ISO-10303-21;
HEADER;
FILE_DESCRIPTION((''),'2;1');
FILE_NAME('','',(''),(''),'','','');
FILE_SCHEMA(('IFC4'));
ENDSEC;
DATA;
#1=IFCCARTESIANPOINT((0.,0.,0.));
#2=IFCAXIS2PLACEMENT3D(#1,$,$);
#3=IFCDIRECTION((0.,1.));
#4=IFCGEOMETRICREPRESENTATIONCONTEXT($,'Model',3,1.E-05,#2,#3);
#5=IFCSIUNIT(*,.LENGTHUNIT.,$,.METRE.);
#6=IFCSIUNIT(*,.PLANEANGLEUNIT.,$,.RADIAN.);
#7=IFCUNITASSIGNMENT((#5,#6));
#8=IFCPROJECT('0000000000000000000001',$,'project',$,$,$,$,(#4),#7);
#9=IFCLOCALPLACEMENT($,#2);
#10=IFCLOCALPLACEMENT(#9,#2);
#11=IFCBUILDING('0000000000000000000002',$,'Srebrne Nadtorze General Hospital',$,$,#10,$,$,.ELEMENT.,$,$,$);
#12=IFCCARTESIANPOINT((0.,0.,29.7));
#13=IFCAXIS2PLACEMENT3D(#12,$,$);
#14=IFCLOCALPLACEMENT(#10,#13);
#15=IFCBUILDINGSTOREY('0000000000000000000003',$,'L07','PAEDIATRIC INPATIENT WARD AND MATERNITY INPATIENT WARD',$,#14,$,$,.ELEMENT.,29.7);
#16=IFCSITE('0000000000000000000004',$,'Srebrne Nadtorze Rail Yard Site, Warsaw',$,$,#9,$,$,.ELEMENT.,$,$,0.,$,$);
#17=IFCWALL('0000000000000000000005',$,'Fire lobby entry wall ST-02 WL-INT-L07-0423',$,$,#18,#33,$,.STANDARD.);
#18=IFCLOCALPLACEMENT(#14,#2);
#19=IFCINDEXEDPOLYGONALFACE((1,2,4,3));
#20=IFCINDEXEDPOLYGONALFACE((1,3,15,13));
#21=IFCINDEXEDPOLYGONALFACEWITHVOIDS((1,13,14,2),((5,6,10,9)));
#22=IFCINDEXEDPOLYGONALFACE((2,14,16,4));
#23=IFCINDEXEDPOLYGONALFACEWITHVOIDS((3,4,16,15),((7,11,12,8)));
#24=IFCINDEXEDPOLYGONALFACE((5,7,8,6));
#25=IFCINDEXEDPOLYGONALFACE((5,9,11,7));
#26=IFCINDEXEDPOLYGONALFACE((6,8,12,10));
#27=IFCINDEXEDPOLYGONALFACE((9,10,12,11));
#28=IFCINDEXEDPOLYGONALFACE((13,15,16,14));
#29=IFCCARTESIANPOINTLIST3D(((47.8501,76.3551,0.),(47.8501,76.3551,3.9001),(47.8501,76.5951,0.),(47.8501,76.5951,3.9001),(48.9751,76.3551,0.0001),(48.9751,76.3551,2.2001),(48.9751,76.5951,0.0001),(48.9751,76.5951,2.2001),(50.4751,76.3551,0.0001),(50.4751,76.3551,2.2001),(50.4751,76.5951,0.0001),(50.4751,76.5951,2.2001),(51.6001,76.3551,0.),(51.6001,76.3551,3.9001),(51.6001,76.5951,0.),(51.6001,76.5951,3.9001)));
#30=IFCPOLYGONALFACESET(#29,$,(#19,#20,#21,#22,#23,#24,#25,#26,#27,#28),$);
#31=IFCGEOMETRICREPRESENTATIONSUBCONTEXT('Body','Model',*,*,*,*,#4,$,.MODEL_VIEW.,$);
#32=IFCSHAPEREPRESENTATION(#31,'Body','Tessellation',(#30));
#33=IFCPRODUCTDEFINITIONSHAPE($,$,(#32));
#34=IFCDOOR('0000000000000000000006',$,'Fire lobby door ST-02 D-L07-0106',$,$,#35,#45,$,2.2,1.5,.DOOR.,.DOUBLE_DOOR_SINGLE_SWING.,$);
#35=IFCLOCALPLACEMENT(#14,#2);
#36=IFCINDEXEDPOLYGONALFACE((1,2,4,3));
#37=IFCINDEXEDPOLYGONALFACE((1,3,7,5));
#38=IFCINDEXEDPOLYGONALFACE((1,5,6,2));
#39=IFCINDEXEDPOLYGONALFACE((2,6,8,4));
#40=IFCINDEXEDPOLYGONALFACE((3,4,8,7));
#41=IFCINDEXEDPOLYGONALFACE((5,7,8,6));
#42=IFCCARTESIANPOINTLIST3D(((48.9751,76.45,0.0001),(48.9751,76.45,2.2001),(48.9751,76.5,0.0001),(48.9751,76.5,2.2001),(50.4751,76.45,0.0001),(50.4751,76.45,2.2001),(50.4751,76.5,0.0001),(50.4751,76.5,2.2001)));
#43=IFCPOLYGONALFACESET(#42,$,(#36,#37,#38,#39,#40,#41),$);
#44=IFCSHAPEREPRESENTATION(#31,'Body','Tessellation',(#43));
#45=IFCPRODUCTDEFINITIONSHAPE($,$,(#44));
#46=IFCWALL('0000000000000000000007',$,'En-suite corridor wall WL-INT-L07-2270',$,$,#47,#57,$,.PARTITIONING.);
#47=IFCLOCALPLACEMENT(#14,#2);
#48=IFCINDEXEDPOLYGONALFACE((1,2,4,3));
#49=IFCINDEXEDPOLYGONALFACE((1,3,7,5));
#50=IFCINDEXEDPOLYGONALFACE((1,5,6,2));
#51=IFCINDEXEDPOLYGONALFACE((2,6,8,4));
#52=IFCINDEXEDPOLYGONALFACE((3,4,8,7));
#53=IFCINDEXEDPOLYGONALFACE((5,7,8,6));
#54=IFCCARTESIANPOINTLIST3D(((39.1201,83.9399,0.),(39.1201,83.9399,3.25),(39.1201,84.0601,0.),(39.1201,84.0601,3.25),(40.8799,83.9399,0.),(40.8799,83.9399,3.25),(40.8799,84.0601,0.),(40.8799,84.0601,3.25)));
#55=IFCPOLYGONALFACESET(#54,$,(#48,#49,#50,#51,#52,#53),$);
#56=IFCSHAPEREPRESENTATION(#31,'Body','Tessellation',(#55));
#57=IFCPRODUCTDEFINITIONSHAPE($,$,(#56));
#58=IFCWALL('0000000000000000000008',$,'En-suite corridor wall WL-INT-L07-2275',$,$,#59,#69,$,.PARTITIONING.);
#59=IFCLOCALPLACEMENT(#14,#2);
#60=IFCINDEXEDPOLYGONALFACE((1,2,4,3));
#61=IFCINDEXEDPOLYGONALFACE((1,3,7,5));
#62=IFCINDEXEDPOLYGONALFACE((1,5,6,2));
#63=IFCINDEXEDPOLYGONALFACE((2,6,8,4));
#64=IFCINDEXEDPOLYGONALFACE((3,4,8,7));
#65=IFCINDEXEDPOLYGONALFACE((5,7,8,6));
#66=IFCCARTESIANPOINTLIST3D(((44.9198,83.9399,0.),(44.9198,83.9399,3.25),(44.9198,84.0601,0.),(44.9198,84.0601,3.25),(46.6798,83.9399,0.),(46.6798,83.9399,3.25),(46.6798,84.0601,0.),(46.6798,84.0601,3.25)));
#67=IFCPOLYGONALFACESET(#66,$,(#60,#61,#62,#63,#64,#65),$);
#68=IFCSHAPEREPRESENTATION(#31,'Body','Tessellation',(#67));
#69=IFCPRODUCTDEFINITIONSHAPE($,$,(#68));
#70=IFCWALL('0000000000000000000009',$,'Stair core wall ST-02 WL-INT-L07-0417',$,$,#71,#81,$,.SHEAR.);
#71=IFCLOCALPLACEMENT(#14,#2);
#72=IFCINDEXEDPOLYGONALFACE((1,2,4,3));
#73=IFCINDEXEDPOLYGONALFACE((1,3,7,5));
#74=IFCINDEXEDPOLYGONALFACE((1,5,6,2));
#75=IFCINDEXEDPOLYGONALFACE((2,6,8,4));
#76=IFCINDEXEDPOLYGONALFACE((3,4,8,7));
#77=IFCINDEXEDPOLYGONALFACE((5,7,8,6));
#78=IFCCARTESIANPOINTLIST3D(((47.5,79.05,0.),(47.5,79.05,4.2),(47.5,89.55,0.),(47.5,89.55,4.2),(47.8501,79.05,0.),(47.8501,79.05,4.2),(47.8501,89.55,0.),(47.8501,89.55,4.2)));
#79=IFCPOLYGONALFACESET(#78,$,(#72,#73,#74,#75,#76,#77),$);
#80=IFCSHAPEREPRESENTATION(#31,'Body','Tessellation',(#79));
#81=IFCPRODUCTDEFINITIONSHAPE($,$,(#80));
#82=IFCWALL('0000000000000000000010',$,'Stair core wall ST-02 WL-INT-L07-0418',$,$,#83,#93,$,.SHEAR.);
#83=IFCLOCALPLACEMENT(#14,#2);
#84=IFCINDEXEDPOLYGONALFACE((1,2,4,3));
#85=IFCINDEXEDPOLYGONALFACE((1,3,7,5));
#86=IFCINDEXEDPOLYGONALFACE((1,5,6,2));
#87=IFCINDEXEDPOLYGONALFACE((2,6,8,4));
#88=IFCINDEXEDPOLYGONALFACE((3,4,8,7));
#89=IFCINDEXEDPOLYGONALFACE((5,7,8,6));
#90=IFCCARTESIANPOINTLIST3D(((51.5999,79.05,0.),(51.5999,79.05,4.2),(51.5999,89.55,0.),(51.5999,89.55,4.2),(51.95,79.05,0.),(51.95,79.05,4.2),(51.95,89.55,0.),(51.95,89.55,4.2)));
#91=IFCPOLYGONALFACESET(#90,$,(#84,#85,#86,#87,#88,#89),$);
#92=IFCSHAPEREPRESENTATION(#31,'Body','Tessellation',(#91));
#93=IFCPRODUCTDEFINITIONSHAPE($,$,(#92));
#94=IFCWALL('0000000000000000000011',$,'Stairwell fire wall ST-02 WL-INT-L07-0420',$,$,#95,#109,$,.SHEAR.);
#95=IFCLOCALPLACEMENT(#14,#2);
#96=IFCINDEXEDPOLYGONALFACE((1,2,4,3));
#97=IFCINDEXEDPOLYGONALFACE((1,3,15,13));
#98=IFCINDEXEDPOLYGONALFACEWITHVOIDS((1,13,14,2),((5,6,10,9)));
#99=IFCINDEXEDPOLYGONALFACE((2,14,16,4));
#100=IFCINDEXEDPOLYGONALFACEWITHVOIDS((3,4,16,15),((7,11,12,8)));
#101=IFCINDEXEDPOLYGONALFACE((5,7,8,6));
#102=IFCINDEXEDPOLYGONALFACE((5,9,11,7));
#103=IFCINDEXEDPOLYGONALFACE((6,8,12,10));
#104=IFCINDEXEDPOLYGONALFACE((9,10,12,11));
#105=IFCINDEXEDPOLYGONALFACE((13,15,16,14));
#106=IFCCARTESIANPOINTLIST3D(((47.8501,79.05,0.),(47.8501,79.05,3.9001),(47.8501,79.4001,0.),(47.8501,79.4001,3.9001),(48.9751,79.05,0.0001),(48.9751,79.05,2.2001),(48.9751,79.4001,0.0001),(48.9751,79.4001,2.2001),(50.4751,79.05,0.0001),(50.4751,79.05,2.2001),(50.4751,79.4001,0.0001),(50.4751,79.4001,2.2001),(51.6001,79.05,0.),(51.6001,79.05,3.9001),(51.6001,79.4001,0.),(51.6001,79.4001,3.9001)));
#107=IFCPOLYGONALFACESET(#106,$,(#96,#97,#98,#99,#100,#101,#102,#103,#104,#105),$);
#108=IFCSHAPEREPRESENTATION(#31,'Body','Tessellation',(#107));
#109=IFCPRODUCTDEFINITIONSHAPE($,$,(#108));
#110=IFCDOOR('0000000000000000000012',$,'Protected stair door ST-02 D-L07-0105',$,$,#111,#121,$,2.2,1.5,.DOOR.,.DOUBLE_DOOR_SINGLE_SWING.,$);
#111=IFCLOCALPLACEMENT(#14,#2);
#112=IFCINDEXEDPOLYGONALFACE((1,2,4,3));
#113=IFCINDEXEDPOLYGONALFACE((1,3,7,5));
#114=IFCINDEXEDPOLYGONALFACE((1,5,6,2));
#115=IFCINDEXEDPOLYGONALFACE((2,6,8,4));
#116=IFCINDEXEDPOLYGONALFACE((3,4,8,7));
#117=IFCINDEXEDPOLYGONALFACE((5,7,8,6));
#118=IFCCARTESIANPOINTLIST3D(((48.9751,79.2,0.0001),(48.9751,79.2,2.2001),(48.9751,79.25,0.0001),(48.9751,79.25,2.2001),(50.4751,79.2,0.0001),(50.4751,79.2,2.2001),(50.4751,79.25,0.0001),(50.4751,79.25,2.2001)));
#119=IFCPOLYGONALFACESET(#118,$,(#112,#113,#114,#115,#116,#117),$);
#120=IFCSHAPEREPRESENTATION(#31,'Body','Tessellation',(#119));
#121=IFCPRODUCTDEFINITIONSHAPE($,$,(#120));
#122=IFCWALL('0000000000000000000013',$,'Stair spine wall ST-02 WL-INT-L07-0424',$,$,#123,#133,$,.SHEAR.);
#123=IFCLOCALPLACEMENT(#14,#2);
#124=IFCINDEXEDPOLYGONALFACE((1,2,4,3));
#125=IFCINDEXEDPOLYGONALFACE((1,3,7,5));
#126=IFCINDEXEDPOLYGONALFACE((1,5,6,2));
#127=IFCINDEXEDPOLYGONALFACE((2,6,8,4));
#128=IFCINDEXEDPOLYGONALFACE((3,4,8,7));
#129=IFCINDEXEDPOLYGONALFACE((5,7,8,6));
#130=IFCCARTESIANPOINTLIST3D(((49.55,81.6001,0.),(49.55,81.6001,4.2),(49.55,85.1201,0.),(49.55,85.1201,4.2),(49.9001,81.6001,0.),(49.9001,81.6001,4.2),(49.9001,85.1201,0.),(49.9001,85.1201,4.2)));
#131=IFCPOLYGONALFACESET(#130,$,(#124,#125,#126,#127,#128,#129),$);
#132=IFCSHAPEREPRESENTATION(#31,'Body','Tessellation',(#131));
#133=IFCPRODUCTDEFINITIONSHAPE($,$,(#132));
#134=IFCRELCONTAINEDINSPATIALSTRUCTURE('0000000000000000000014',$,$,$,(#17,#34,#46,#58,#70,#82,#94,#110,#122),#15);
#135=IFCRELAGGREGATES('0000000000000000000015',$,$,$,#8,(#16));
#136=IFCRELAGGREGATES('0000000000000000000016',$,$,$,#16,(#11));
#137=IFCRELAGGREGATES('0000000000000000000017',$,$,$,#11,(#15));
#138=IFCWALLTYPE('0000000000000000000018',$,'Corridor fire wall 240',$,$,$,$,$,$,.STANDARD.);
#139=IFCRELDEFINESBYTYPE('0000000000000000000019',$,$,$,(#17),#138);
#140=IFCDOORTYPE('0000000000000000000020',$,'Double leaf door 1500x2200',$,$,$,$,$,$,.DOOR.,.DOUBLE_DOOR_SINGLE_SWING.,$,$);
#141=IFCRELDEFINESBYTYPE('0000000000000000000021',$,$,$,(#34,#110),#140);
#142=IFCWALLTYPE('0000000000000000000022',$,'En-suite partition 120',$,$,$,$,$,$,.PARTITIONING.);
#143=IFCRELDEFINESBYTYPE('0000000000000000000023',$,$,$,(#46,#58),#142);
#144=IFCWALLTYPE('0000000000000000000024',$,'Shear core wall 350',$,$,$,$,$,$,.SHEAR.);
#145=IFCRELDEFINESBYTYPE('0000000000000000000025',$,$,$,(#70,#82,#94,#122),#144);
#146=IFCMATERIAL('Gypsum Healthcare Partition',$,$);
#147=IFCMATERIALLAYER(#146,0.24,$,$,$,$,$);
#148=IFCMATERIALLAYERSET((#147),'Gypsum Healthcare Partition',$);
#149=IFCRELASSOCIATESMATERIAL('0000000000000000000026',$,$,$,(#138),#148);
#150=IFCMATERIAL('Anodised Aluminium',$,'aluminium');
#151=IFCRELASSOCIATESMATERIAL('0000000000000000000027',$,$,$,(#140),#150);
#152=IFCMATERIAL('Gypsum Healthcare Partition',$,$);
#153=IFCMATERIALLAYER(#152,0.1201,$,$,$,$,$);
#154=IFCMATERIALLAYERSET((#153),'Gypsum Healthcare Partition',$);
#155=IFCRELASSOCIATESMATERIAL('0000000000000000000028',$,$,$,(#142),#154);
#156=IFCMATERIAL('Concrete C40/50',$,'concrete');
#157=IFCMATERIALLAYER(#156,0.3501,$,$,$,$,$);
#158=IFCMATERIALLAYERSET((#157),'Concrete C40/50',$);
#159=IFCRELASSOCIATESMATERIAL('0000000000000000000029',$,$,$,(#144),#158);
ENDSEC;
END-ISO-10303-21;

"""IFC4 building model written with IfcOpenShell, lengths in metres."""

from ifc_helpers import new_model, si_unit, direction, frame, frame_2d, origin, place, context, subcontext, project, spatial, rectangle, extrude, material, layer, layer_set, type_object, element, fill, save


model = new_model("IFC4")

# Units and contexts
model_context = context("Model", 3, precision=1e-05, world=origin(), true_north=direction((0.0, 1.0)))
body_context = subcontext(model_context, "Body", "Model", "MODEL_VIEW")
ifc_project = project(units=[si_unit("LENGTHUNIT", "METRE"), si_unit("PLANEANGLEUNIT", "RADIAN")], contexts=[model_context])

# Site, building, storey
site_placement = place(None, origin())
site = spatial("IfcSite", under=ifc_project, at=site_placement, Name="Srebrne Nadtorze Rail Yard Site, Warsaw", CompositionType="ELEMENT", RefElevation=0.0)
building_placement = place(site_placement, origin())
building = spatial("IfcBuilding", under=site, at=building_placement, Name="Srebrne Nadtorze General Hospital", CompositionType="ELEMENT")
storey_placement = place(building_placement, frame((0.0, 0.0, 29.7)))
storey = spatial("IfcBuildingStorey", under=building, at=storey_placement, Name="L07", Description="PAEDIATRIC INPATIENT WARD AND MATERNITY INPATIENT WARD", CompositionType="ELEMENT", Elevation=29.7)

# Shared definitions
ifc_material_1 = material(Name="Gypsum Healthcare Partition")
ifc_layer_1 = layer(ifc_material_1, 0.24)
ifc_layer_set_1 = layer_set([ifc_layer_1], Name="Gypsum Healthcare Partition")
wall_type_1 = type_object("IfcWallType", Name="Corridor fire wall 240", PredefinedType="STANDARD", material=ifc_layer_set_1)

# Wall, opening, door
wall_1_placement = place(storey_placement, frame((47.8501, 76.4751, 0.0), z_axis=(0.0, 0.0, 1.0), x_axis=(1.0, 0.0, 0.0)))
wall_1 = element("IfcWall", 1, at=wall_1_placement, inside=storey, type_object=wall_type_1, Name="Fire lobby entry wall ST-02 WL-INT-L07-0423", PredefinedType="STANDARD", context=body_context, shape_type="SweptSolid", body=[
    extrude(rectangle(XDim=3.75, YDim=0.24, at=frame_2d((1.875, 0.0))), origin(), (0.0, 0.0, 1.0), 3.9001),
])
opening_1_placement = place(wall_1_placement, frame((1.125, 0.0, 0.0)))
opening_1 = element("IfcOpeningElement", 2, at=opening_1_placement, cuts=wall_1, PredefinedType="OPENING", context=body_context, shape_type="SweptSolid", body=[
    extrude(rectangle(XDim=1.5, YDim=2.2, at=frame_2d((0.75, 1.1001))), frame((0.0, 0.1318, 0.0), z_axis=(0.0, -1.0, 0.0), x_axis=(1.0, 0.0, 0.0)), (0.0, 0.0, 1.0), 0.2639),
])
ifc_material_2 = material(Name="Anodised Aluminium", Category="aluminium")
door_type_1 = type_object("IfcDoorType", Name="Double leaf door 1500x2200", OperationType="DOUBLE_DOOR_SINGLE_SWING", PredefinedType="DOOR", material=ifc_material_2)
door_1_placement = place(opening_1_placement, origin())
door_1 = element("IfcDoor", 3, at=door_1_placement, inside=storey, type_object=door_type_1, Name="Fire lobby door ST-02 D-L07-0106", OperationType="DOUBLE_DOOR_SINGLE_SWING", OverallHeight=2.2, OverallWidth=1.5, PredefinedType="DOOR", context=body_context, shape_type="SweptSolid", body=[
    extrude(rectangle(XDim=1.5, YDim=2.2, at=frame_2d((0.75, 1.1001))), frame((0.0, 0.0249, 0.0), z_axis=(0.0, -1.0, 0.0), x_axis=(1.0, 0.0, 0.0)), (0.0, 0.0, 1.0), 0.05),
])
fill(opening_1, door_1)

# Walls
ifc_material_3 = material(Name="Gypsum Healthcare Partition")
ifc_layer_2 = layer(ifc_material_3, 0.1201)
ifc_layer_set_2 = layer_set([ifc_layer_2], Name="Gypsum Healthcare Partition")
wall_type_2 = type_object("IfcWallType", Name="En-suite partition 120", PredefinedType="PARTITIONING", material=ifc_layer_set_2)
wall_2_placement = place(storey_placement, frame((39.1201, 84.0, 0.0), z_axis=(0.0, 0.0, 1.0), x_axis=(1.0, 0.0, 0.0)))
element("IfcWall", 4, at=wall_2_placement, inside=storey, type_object=wall_type_2, Name="En-suite corridor wall WL-INT-L07-2270", PredefinedType="PARTITIONING", context=body_context, shape_type="SweptSolid", body=[
    extrude(rectangle(XDim=1.7598, YDim=0.1201, at=frame_2d((0.8799, 0.0))), origin(), (0.0, 0.0, 1.0), 3.25),
])
wall_3_placement = place(storey_placement, frame((44.9199, 84.0, 0.0), z_axis=(0.0, 0.0, 1.0), x_axis=(1.0, 0.0, 0.0)))
element("IfcWall", 5, at=wall_3_placement, inside=storey, type_object=wall_type_2, Name="En-suite corridor wall WL-INT-L07-2275", PredefinedType="PARTITIONING", context=body_context, shape_type="SweptSolid", body=[
    extrude(rectangle(XDim=1.76, YDim=0.1201, at=frame_2d((0.8799, 0.0))), origin(), (0.0, 0.0, 1.0), 3.25),
])
ifc_material_4 = material(Name="Concrete C40/50", Category="concrete")
ifc_layer_3 = layer(ifc_material_4, 0.3501)
ifc_layer_set_3 = layer_set([ifc_layer_3], Name="Concrete C40/50")
wall_type_3 = type_object("IfcWallType", Name="Shear core wall 350", PredefinedType="SHEAR", material=ifc_layer_set_3)
for number, where, z_axis, x_axis, name in (
    (6, (47.675, 79.05, 0.0), (0.0, 0.0, 1.0), (0.0, 1.0, 0.0), "Stair core wall ST-02 WL-INT-L07-0417"),
    (7, (51.7749, 79.05, 0.0), (0.0, 0.0, 1.0), (0.0, 1.0, 0.0), "Stair core wall ST-02 WL-INT-L07-0418"),
):
    element("IfcWall", number, at=place(storey_placement, frame(where, z_axis=z_axis, x_axis=x_axis)), inside=storey, type_object=wall_type_3, Name=name, PredefinedType="SHEAR", context=body_context, shape_type="SweptSolid", body=[
        extrude(rectangle(XDim=10.5, YDim=0.3501, at=frame_2d((5.25, 0.0))), origin(), (0.0, 0.0, 1.0), 4.2),
    ])

# Wall, opening, door
wall_4_placement = place(storey_placement, frame((47.8501, 79.2251, 0.0), z_axis=(0.0, 0.0, 1.0), x_axis=(1.0, 0.0, 0.0)))
wall_4 = element("IfcWall", 8, at=wall_4_placement, inside=storey, type_object=wall_type_3, Name="Stairwell fire wall ST-02 WL-INT-L07-0420", PredefinedType="SHEAR", context=body_context, shape_type="SweptSolid", body=[
    extrude(rectangle(XDim=3.75, YDim=0.3501, at=frame_2d((1.875, 0.0))), origin(), (0.0, 0.0, 1.0), 3.9001),
])
opening_2_placement = place(wall_4_placement, frame((1.125, 0.0, 0.0)))
opening_2 = element("IfcOpeningElement", 9, at=opening_2_placement, cuts=wall_4, PredefinedType="OPENING", context=body_context, shape_type="SweptSolid", body=[
    extrude(rectangle(XDim=1.5, YDim=2.2, at=frame_2d((0.75, 1.1001))), frame((0.0, 0.187, 0.0), z_axis=(0.0, -1.0, 0.0), x_axis=(1.0, 0.0, 0.0)), (0.0, 0.0, 1.0), 0.374),
])
door_2_placement = place(opening_2_placement, origin())
door_2 = element("IfcDoor", 10, at=door_2_placement, inside=storey, type_object=door_type_1, Name="Protected stair door ST-02 D-L07-0105", OperationType="DOUBLE_DOOR_SINGLE_SWING", OverallHeight=2.2, OverallWidth=1.5, PredefinedType="DOOR", context=body_context, shape_type="SweptSolid", body=[
    extrude(rectangle(XDim=1.5, YDim=2.2, at=frame_2d((0.75, 1.1001))), frame((0.0, 0.0249, 0.0), z_axis=(0.0, -1.0, 0.0), x_axis=(1.0, 0.0, 0.0)), (0.0, 0.0, 1.0), 0.05),
])
fill(opening_2, door_2)

# Wall
wall_5_placement = place(storey_placement, frame((49.7251, 81.6001, 0.0), z_axis=(0.0, 0.0, 1.0), x_axis=(0.0, 1.0, 0.0)))
element("IfcWall", 11, at=wall_5_placement, inside=storey, type_object=wall_type_3, Name="Stair spine wall ST-02 WL-INT-L07-0424", PredefinedType="SHEAR", context=body_context, shape_type="SweptSolid", body=[
    extrude(rectangle(XDim=3.52, YDim=0.3501, at=frame_2d((1.76, 0.0))), origin(), (0.0, 0.0, 1.0), 4.2),
])

save(model, "model.ifc")
